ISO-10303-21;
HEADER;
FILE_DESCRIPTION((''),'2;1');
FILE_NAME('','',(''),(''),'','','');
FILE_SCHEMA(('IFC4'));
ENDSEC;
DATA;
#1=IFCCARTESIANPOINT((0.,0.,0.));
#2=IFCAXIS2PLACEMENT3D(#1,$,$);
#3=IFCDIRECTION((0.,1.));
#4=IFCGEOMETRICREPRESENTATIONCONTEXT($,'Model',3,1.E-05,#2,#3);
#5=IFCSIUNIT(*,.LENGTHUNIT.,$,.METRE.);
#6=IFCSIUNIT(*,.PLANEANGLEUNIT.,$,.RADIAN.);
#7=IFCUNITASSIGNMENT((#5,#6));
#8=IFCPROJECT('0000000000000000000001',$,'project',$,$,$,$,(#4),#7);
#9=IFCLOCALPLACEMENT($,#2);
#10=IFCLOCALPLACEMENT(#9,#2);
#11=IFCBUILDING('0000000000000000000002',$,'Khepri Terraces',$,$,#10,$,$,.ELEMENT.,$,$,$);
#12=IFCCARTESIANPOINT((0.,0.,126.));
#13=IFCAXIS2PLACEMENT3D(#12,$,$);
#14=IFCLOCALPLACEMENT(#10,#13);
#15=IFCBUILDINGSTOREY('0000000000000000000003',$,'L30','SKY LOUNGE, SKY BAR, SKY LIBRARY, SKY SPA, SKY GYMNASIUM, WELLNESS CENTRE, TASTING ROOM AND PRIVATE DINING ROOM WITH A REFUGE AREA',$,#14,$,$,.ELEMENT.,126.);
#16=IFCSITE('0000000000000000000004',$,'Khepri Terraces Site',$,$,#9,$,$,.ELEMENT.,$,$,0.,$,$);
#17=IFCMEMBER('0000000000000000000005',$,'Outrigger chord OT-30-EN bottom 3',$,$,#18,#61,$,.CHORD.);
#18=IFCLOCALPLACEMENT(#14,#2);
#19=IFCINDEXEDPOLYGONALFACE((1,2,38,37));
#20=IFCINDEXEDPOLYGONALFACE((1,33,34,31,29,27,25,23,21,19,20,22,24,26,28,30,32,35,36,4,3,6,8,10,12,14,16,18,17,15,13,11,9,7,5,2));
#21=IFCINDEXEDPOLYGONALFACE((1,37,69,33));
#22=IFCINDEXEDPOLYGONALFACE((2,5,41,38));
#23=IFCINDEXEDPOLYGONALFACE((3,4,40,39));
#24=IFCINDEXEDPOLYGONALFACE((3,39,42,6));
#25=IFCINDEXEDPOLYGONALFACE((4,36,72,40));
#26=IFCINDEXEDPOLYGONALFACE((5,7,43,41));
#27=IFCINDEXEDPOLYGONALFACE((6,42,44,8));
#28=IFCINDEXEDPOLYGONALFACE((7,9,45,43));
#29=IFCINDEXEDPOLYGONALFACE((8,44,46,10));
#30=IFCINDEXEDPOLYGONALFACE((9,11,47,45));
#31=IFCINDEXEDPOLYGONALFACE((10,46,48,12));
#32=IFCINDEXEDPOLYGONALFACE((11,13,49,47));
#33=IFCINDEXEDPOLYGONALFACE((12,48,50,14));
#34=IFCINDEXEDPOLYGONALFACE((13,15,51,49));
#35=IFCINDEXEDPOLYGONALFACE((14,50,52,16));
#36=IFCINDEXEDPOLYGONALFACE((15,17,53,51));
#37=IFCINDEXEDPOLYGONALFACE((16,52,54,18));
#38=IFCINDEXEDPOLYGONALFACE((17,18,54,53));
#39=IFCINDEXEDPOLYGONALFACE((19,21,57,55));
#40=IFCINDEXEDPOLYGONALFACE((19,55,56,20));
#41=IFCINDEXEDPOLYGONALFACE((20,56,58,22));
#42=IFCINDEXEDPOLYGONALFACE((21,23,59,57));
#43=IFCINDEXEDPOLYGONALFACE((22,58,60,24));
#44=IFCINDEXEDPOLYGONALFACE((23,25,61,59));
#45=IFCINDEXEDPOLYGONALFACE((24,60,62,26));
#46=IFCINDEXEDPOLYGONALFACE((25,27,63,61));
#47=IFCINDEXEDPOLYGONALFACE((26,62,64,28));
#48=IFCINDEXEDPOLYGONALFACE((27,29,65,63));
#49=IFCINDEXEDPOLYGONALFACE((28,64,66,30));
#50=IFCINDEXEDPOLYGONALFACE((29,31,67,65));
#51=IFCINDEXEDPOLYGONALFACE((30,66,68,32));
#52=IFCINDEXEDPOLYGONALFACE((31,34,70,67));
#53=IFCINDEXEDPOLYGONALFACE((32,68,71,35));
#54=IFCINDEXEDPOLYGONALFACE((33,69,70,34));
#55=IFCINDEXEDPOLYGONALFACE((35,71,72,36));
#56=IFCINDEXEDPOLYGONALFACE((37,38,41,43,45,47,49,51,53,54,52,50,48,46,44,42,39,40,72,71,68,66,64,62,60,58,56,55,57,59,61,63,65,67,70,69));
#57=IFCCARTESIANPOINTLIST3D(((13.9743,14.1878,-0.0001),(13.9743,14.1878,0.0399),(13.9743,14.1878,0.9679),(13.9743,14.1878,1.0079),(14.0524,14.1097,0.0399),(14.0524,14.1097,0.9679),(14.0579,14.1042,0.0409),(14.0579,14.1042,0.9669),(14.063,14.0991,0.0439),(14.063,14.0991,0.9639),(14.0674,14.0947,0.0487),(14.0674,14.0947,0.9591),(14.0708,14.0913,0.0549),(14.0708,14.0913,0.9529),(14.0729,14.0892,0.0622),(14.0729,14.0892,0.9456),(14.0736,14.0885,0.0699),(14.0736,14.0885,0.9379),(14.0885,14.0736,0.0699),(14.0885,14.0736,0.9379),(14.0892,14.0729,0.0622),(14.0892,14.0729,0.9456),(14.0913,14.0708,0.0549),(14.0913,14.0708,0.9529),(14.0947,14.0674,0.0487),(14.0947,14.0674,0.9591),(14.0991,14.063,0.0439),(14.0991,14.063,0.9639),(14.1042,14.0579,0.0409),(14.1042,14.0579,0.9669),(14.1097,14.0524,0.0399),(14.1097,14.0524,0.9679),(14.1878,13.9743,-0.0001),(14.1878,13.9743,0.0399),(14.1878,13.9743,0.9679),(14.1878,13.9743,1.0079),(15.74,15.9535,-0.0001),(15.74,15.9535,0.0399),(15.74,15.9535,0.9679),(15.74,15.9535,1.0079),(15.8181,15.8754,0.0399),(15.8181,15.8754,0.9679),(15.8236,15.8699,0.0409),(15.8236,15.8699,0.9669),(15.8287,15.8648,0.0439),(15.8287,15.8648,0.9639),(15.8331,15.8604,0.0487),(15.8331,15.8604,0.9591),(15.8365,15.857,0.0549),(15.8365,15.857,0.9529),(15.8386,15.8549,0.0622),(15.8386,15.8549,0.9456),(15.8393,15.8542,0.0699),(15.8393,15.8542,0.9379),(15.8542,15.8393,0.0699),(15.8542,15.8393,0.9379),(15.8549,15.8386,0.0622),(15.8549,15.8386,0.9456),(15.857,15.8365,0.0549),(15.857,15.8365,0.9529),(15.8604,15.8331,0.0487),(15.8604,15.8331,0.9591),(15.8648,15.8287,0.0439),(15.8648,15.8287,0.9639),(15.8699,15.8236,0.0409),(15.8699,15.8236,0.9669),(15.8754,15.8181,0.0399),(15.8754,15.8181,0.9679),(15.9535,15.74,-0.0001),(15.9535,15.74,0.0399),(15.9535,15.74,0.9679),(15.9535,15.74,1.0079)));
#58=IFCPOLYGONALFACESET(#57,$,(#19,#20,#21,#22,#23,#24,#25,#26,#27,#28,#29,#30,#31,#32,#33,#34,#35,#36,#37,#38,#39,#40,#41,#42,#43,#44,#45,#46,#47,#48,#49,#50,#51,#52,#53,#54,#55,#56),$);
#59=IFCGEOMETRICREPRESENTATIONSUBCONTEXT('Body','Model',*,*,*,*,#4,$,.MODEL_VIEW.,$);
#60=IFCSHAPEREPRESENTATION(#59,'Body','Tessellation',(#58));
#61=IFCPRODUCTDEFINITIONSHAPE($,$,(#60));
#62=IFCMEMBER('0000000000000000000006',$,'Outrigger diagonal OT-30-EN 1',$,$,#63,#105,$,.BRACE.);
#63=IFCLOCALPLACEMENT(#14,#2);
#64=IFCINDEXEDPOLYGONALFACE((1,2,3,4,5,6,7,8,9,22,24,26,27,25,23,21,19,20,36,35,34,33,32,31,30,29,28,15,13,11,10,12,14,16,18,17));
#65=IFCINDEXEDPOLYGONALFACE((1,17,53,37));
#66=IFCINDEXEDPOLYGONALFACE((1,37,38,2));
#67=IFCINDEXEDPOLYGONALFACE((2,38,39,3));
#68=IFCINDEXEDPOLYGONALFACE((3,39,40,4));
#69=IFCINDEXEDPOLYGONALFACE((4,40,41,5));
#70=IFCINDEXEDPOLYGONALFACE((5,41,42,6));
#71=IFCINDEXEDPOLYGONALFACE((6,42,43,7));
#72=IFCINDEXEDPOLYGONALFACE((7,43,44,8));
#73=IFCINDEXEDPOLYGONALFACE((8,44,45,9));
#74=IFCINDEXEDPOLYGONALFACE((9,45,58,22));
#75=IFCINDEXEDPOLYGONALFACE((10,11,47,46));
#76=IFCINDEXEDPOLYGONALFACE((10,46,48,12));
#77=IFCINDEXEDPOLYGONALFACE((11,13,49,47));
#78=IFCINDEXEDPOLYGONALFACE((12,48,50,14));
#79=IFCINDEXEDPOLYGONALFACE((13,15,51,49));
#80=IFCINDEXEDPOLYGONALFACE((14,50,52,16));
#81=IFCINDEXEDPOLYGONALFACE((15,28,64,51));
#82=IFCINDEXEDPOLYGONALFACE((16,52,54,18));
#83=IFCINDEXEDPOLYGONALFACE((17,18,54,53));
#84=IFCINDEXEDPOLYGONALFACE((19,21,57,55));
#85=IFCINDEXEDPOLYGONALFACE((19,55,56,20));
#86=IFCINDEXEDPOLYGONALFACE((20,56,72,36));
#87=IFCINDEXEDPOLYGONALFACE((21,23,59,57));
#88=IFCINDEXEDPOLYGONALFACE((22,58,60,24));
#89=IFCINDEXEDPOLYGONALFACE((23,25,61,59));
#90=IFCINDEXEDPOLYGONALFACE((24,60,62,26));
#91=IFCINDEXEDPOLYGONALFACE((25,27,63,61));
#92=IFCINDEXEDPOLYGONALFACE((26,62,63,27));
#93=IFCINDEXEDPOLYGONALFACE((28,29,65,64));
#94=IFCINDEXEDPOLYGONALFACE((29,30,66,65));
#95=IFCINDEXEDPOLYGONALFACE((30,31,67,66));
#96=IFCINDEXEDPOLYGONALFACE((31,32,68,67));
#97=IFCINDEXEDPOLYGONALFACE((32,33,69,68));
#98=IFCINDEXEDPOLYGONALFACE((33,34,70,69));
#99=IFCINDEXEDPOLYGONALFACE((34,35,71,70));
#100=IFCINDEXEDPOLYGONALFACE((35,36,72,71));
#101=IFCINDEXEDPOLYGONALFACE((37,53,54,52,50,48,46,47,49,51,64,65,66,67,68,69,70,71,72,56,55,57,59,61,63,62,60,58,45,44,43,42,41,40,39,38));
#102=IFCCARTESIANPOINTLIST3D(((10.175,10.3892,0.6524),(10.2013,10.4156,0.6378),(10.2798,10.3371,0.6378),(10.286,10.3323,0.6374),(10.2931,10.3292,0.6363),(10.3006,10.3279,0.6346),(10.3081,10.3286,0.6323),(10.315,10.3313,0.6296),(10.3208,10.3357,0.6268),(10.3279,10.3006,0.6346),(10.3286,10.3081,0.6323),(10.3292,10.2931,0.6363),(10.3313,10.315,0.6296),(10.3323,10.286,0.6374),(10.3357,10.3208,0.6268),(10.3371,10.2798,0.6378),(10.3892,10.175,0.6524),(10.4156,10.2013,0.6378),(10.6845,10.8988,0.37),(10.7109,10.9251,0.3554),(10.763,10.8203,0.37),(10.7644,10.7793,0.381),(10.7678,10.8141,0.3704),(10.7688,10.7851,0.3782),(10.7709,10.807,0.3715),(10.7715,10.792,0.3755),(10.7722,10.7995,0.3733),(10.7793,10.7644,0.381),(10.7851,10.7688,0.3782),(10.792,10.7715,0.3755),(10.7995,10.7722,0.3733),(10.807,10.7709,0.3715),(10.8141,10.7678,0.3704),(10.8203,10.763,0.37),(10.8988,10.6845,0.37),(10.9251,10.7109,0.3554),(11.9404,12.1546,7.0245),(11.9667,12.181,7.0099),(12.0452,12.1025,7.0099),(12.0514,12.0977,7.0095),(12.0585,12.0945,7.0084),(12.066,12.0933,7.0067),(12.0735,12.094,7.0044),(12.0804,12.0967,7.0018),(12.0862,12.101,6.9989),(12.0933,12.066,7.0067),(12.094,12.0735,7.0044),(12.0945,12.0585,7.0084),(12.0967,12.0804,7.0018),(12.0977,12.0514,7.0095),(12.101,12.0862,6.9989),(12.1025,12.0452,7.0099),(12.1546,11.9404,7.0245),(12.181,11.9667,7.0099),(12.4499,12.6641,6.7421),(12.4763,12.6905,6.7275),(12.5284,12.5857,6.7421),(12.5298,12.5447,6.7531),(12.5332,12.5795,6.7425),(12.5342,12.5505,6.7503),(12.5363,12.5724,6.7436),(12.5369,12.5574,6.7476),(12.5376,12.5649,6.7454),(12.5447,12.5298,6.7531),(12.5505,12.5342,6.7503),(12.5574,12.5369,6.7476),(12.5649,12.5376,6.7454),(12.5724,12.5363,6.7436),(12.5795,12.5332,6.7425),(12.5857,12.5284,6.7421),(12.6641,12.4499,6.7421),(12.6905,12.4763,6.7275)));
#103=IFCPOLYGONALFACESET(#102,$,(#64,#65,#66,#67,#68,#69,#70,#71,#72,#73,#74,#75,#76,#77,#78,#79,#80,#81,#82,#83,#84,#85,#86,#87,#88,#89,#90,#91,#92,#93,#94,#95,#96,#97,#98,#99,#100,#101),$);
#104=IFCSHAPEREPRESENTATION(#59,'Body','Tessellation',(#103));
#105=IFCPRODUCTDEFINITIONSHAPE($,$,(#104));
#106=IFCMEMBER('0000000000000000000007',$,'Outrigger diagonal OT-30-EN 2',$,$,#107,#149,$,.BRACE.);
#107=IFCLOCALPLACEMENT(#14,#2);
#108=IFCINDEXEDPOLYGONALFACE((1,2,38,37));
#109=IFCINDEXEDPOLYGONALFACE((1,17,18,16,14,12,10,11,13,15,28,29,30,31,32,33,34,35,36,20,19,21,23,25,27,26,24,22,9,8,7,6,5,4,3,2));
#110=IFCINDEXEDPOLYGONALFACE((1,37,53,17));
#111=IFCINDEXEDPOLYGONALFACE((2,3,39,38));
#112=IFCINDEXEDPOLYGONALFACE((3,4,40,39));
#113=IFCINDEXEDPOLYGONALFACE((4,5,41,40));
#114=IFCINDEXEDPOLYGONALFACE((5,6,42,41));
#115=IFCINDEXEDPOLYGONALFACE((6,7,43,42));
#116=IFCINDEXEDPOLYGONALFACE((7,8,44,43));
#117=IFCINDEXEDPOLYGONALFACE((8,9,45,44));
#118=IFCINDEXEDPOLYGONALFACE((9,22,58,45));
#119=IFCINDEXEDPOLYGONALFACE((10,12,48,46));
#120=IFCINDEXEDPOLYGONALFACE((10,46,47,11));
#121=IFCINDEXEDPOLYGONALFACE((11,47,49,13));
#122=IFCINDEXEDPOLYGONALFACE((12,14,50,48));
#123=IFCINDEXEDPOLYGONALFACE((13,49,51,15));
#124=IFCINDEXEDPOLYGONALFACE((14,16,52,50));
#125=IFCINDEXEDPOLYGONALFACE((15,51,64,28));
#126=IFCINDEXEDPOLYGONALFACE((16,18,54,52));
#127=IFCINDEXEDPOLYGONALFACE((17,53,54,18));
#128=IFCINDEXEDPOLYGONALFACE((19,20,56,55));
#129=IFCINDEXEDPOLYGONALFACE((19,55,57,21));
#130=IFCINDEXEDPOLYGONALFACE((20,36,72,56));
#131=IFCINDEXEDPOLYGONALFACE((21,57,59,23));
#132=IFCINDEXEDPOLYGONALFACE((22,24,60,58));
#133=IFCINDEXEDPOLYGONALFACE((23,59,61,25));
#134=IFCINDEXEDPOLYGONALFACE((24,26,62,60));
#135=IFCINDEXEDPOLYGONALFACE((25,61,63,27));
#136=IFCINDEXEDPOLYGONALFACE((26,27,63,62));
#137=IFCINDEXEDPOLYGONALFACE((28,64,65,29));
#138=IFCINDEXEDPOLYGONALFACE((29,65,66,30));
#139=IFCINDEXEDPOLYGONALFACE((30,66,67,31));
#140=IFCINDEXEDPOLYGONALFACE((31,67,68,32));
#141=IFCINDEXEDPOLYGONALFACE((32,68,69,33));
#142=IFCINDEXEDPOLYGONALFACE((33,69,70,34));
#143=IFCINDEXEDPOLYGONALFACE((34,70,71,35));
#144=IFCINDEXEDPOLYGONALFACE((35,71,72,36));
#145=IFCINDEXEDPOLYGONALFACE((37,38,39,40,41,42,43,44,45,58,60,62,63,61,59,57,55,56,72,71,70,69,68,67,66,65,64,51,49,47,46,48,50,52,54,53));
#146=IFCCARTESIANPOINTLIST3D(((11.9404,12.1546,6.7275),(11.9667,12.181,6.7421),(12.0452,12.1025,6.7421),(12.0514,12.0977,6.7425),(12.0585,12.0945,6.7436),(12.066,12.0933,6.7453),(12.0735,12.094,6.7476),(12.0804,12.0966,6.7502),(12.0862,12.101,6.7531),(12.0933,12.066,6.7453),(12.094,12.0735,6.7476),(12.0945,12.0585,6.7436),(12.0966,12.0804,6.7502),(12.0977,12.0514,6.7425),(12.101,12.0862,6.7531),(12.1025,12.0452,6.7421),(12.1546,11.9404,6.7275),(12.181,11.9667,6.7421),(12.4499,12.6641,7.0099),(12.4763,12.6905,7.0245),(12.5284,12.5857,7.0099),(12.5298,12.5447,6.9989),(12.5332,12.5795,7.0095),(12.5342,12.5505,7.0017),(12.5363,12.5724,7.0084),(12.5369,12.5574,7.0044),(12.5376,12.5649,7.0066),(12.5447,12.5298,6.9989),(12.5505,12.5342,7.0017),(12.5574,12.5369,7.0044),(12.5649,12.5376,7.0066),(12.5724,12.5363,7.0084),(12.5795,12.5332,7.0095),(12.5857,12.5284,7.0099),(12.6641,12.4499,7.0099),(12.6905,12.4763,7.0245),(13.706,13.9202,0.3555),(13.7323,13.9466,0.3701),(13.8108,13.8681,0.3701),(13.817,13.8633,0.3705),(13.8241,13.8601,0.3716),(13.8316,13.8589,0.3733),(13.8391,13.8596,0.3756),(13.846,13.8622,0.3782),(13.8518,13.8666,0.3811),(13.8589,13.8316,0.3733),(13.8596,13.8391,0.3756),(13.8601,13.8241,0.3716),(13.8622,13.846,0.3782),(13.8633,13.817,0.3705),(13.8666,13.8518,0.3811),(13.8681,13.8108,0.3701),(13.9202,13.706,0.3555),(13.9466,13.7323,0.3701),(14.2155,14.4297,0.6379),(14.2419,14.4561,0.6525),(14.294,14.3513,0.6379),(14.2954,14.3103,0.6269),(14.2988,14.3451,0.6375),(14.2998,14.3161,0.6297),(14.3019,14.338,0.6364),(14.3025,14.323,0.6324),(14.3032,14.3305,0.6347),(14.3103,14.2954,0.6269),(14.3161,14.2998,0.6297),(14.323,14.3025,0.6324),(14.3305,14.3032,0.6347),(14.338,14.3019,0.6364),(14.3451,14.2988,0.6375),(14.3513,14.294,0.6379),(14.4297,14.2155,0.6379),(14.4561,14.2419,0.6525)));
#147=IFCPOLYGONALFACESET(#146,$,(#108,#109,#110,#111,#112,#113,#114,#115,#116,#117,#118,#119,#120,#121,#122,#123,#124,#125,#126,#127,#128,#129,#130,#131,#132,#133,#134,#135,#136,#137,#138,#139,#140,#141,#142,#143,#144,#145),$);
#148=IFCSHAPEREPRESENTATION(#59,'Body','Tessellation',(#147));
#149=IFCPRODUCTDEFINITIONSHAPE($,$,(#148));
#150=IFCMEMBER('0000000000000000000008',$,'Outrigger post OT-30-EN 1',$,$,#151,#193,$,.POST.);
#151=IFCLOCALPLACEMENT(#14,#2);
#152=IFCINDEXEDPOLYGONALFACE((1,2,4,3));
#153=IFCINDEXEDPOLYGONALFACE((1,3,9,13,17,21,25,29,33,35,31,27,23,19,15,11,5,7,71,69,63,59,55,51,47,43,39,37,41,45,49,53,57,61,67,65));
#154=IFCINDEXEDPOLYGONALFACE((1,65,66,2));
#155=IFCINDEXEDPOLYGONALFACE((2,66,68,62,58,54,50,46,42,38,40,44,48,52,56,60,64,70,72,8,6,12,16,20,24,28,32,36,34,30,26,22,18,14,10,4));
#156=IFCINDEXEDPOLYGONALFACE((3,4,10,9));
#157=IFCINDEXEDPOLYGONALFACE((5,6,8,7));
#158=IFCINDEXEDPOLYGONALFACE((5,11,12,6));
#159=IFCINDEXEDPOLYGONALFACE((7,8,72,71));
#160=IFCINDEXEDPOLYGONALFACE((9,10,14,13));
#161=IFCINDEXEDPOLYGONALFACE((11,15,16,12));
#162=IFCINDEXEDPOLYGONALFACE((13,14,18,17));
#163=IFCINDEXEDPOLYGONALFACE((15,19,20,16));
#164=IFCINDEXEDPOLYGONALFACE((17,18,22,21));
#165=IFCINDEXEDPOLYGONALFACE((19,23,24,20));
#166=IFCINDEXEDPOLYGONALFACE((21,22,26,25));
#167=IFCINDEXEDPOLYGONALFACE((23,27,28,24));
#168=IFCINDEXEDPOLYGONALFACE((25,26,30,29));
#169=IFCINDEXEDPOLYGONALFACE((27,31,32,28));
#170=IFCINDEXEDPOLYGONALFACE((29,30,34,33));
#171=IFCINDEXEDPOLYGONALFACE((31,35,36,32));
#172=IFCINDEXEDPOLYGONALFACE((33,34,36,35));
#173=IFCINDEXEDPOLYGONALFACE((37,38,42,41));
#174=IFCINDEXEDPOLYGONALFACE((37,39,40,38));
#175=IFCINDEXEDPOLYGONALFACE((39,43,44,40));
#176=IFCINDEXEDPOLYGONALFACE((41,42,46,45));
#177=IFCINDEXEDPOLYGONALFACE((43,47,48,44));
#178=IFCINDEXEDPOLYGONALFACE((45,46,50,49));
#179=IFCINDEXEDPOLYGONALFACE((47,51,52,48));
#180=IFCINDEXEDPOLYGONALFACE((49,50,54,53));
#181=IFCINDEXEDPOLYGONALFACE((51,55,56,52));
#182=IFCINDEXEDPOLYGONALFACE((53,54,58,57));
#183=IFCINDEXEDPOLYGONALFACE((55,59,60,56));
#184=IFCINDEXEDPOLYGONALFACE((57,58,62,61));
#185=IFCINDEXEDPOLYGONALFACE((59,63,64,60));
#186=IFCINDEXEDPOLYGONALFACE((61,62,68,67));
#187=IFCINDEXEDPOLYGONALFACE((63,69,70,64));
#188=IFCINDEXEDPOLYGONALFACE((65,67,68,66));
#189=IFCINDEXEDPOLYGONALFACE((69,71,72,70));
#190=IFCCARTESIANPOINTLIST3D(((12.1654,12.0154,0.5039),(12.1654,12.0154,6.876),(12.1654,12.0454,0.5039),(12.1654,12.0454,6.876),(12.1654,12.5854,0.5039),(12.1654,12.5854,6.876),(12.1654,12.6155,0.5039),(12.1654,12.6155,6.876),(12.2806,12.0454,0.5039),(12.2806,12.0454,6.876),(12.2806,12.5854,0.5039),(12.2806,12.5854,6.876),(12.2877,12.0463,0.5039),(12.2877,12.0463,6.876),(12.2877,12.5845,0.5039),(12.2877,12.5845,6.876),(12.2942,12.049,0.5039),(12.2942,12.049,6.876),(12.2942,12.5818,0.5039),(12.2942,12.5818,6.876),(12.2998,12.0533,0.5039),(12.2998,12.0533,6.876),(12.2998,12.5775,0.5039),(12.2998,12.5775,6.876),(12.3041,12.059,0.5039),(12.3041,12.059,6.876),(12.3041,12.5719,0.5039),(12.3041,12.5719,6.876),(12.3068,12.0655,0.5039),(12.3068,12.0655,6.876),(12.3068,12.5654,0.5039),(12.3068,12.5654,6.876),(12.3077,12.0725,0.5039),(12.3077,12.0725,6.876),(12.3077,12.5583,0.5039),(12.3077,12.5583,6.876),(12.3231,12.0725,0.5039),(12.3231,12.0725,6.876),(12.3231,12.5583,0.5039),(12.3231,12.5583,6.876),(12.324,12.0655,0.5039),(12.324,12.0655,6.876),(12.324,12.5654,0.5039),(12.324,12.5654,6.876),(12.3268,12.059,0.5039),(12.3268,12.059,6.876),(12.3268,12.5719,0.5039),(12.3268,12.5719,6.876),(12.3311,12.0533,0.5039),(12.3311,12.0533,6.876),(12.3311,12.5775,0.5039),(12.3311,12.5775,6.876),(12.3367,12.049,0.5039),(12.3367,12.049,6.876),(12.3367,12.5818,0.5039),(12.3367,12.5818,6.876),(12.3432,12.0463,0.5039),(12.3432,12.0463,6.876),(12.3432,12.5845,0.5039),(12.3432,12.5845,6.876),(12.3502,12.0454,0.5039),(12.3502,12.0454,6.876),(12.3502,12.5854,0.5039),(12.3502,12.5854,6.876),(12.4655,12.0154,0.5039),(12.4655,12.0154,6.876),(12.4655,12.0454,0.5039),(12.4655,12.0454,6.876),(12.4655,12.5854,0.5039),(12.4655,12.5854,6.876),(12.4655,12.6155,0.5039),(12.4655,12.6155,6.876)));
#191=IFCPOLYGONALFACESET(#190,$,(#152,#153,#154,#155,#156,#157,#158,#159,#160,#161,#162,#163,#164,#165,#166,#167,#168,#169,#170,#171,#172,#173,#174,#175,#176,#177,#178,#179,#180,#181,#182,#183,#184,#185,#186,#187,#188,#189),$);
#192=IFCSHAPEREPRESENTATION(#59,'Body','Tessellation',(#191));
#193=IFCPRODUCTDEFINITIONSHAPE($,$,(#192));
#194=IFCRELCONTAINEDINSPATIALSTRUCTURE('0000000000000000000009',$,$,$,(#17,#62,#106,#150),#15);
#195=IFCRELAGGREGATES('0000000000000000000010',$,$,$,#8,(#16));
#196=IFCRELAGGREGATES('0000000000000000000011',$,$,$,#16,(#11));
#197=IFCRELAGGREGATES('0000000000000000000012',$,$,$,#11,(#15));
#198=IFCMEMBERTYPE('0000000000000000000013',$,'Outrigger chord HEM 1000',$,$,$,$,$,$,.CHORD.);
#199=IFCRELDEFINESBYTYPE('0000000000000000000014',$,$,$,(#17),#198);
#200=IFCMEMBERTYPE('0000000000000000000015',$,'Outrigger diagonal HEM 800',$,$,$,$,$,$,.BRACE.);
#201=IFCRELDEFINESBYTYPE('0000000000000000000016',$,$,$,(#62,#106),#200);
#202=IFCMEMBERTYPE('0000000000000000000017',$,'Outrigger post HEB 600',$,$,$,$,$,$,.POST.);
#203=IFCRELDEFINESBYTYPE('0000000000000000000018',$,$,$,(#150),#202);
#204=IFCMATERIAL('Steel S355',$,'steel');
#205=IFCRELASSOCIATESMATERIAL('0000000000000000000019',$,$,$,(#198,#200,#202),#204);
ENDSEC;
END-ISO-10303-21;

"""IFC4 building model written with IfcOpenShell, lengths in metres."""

from ifc_helpers import new_model, si_unit, direction, frame, origin, origin_2d, place, context, subcontext, project, spatial, i_section, extrude, material, material_profile, profile_set, type_object, element, save


model = new_model("IFC4")

# Units and contexts
model_context = context("Model", 3, precision=1e-05, world=origin(), true_north=direction((0.0, 1.0)))
body_context = subcontext(model_context, "Body", "Model", "MODEL_VIEW")
ifc_project = project(units=[si_unit("LENGTHUNIT", "METRE"), si_unit("PLANEANGLEUNIT", "RADIAN")], contexts=[model_context])

# Site, building, storey
site_placement = place(None, origin())
site = spatial("IfcSite", under=ifc_project, at=site_placement, Name="Khepri Terraces Site", CompositionType="ELEMENT", RefElevation=0.0)
building_placement = place(site_placement, origin())
building = spatial("IfcBuilding", under=site, at=building_placement, Name="Khepri Terraces", CompositionType="ELEMENT")
storey_placement = place(building_placement, frame((0.0, 0.0, 126.0)))
storey = spatial("IfcBuildingStorey", under=building, at=storey_placement, Name="L30", Description="SKY LOUNGE, SKY BAR, SKY LIBRARY, SKY SPA, SKY GYMNASIUM, WELLNESS CENTRE, TASTING ROOM AND PRIVATE DINING ROOM WITH A REFUGE AREA", CompositionType="ELEMENT", Elevation=126.0)

# Members
ifc_material_1 = material(Name="Steel S355", Category="steel")
ifc_material_profile_1 = material_profile(ifc_material_1, i_section(OverallWidth=0.302, OverallDepth=1.0081, WebThickness=0.021, FlangeThickness=0.04, FilletRadius=0.03, at=origin_2d()), Name="Steel S355", Category="steel")
ifc_profile_set_1 = profile_set([ifc_material_profile_1], Name="Steel S355")
member_type_1 = type_object("IfcMemberType", Name="Outrigger chord HEM 1000", PredefinedType="CHORD", material=ifc_profile_set_1)
for number, where, z_axis, x_axis, name in (
    (1, (14.0811, 14.0811, 0.5039), (0.707107, 0.707107, 0.0), (-0.707107, 0.707107, 0.0), "Outrigger chord OT-30-EN bottom 3"),
):
    element("IfcMember", number, at=place(storey_placement, frame(where, z_axis=z_axis, x_axis=x_axis)), inside=storey, type_object=member_type_1, Name=name, PredefinedType="CHORD", context=body_context, shape_type="SweptSolid", body=[
        extrude(i_section(OverallWidth=0.302, OverallDepth=1.0081, WebThickness=0.021, FlangeThickness=0.04, FilletRadius=0.03, at=origin_2d()), origin(), (0.0, 0.0, 1.0), 2.4971),
    ])
ifc_material_profile_2 = material_profile(ifc_material_1, i_section(OverallWidth=0.303, OverallDepth=0.814, WebThickness=0.021, FlangeThickness=0.04, FilletRadius=0.03, at=origin_2d()), Name="Steel S355", Category="steel")
ifc_profile_set_2 = profile_set([ifc_material_profile_2], Name="Steel S355")
member_type_2 = type_object("IfcMemberType", Name="Outrigger diagonal HEM 800", PredefinedType="BRACE", material=ifc_profile_set_2)
for number, where, z_axis, x_axis, name in (
    (2, (10.55, 10.55, 0.5039), (0.257957, 0.257957, 0.931084), (-0.707107, 0.707107, 0.0), "Outrigger diagonal OT-30-EN 1"),
    (3, (12.3154, 12.3154, 6.876), (0.257987, 0.257987, -0.931067), (-0.707107, 0.707107, 0.0), "Outrigger diagonal OT-30-EN 2"),
):
    element("IfcMember", number, at=place(storey_placement, frame(where, z_axis=z_axis, x_axis=x_axis)), inside=storey, type_object=member_type_2, Name=name, PredefinedType="BRACE", context=body_context, shape_type="SweptSolid", body=[
        extrude(i_section(OverallWidth=0.303, OverallDepth=0.814, WebThickness=0.021, FlangeThickness=0.04, FilletRadius=0.03, at=origin_2d()), origin(), (0.0, 0.0, 1.0), 6.8438),
    ])
ifc_material_profile_3 = material_profile(ifc_material_1, i_section(OverallWidth=0.3, OverallDepth=0.6001, WebThickness=0.0154, FlangeThickness=0.03, FilletRadius=0.0271, at=origin_2d()), Name="Steel S355", Category="steel")
ifc_profile_set_3 = profile_set([ifc_material_profile_3], Name="Steel S355")
member_type_3 = type_object("IfcMemberType", Name="Outrigger post HEB 600", PredefinedType="POST", material=ifc_profile_set_3)
member_placement = place(storey_placement, frame((12.3154, 12.3154, 0.5039), z_axis=(0.0, 0.0, 1.0), x_axis=(1.0, 0.0, 0.0)))
element("IfcMember", 4, at=member_placement, inside=storey, type_object=member_type_3, Name="Outrigger post OT-30-EN 1", PredefinedType="POST", context=body_context, shape_type="SweptSolid", body=[
    extrude(i_section(OverallWidth=0.3, OverallDepth=0.6001, WebThickness=0.0154, FlangeThickness=0.03, FilletRadius=0.0271, at=origin_2d()), origin(), (0.0, 0.0, 1.0), 6.3721),
])

save(model, "model.ifc")
